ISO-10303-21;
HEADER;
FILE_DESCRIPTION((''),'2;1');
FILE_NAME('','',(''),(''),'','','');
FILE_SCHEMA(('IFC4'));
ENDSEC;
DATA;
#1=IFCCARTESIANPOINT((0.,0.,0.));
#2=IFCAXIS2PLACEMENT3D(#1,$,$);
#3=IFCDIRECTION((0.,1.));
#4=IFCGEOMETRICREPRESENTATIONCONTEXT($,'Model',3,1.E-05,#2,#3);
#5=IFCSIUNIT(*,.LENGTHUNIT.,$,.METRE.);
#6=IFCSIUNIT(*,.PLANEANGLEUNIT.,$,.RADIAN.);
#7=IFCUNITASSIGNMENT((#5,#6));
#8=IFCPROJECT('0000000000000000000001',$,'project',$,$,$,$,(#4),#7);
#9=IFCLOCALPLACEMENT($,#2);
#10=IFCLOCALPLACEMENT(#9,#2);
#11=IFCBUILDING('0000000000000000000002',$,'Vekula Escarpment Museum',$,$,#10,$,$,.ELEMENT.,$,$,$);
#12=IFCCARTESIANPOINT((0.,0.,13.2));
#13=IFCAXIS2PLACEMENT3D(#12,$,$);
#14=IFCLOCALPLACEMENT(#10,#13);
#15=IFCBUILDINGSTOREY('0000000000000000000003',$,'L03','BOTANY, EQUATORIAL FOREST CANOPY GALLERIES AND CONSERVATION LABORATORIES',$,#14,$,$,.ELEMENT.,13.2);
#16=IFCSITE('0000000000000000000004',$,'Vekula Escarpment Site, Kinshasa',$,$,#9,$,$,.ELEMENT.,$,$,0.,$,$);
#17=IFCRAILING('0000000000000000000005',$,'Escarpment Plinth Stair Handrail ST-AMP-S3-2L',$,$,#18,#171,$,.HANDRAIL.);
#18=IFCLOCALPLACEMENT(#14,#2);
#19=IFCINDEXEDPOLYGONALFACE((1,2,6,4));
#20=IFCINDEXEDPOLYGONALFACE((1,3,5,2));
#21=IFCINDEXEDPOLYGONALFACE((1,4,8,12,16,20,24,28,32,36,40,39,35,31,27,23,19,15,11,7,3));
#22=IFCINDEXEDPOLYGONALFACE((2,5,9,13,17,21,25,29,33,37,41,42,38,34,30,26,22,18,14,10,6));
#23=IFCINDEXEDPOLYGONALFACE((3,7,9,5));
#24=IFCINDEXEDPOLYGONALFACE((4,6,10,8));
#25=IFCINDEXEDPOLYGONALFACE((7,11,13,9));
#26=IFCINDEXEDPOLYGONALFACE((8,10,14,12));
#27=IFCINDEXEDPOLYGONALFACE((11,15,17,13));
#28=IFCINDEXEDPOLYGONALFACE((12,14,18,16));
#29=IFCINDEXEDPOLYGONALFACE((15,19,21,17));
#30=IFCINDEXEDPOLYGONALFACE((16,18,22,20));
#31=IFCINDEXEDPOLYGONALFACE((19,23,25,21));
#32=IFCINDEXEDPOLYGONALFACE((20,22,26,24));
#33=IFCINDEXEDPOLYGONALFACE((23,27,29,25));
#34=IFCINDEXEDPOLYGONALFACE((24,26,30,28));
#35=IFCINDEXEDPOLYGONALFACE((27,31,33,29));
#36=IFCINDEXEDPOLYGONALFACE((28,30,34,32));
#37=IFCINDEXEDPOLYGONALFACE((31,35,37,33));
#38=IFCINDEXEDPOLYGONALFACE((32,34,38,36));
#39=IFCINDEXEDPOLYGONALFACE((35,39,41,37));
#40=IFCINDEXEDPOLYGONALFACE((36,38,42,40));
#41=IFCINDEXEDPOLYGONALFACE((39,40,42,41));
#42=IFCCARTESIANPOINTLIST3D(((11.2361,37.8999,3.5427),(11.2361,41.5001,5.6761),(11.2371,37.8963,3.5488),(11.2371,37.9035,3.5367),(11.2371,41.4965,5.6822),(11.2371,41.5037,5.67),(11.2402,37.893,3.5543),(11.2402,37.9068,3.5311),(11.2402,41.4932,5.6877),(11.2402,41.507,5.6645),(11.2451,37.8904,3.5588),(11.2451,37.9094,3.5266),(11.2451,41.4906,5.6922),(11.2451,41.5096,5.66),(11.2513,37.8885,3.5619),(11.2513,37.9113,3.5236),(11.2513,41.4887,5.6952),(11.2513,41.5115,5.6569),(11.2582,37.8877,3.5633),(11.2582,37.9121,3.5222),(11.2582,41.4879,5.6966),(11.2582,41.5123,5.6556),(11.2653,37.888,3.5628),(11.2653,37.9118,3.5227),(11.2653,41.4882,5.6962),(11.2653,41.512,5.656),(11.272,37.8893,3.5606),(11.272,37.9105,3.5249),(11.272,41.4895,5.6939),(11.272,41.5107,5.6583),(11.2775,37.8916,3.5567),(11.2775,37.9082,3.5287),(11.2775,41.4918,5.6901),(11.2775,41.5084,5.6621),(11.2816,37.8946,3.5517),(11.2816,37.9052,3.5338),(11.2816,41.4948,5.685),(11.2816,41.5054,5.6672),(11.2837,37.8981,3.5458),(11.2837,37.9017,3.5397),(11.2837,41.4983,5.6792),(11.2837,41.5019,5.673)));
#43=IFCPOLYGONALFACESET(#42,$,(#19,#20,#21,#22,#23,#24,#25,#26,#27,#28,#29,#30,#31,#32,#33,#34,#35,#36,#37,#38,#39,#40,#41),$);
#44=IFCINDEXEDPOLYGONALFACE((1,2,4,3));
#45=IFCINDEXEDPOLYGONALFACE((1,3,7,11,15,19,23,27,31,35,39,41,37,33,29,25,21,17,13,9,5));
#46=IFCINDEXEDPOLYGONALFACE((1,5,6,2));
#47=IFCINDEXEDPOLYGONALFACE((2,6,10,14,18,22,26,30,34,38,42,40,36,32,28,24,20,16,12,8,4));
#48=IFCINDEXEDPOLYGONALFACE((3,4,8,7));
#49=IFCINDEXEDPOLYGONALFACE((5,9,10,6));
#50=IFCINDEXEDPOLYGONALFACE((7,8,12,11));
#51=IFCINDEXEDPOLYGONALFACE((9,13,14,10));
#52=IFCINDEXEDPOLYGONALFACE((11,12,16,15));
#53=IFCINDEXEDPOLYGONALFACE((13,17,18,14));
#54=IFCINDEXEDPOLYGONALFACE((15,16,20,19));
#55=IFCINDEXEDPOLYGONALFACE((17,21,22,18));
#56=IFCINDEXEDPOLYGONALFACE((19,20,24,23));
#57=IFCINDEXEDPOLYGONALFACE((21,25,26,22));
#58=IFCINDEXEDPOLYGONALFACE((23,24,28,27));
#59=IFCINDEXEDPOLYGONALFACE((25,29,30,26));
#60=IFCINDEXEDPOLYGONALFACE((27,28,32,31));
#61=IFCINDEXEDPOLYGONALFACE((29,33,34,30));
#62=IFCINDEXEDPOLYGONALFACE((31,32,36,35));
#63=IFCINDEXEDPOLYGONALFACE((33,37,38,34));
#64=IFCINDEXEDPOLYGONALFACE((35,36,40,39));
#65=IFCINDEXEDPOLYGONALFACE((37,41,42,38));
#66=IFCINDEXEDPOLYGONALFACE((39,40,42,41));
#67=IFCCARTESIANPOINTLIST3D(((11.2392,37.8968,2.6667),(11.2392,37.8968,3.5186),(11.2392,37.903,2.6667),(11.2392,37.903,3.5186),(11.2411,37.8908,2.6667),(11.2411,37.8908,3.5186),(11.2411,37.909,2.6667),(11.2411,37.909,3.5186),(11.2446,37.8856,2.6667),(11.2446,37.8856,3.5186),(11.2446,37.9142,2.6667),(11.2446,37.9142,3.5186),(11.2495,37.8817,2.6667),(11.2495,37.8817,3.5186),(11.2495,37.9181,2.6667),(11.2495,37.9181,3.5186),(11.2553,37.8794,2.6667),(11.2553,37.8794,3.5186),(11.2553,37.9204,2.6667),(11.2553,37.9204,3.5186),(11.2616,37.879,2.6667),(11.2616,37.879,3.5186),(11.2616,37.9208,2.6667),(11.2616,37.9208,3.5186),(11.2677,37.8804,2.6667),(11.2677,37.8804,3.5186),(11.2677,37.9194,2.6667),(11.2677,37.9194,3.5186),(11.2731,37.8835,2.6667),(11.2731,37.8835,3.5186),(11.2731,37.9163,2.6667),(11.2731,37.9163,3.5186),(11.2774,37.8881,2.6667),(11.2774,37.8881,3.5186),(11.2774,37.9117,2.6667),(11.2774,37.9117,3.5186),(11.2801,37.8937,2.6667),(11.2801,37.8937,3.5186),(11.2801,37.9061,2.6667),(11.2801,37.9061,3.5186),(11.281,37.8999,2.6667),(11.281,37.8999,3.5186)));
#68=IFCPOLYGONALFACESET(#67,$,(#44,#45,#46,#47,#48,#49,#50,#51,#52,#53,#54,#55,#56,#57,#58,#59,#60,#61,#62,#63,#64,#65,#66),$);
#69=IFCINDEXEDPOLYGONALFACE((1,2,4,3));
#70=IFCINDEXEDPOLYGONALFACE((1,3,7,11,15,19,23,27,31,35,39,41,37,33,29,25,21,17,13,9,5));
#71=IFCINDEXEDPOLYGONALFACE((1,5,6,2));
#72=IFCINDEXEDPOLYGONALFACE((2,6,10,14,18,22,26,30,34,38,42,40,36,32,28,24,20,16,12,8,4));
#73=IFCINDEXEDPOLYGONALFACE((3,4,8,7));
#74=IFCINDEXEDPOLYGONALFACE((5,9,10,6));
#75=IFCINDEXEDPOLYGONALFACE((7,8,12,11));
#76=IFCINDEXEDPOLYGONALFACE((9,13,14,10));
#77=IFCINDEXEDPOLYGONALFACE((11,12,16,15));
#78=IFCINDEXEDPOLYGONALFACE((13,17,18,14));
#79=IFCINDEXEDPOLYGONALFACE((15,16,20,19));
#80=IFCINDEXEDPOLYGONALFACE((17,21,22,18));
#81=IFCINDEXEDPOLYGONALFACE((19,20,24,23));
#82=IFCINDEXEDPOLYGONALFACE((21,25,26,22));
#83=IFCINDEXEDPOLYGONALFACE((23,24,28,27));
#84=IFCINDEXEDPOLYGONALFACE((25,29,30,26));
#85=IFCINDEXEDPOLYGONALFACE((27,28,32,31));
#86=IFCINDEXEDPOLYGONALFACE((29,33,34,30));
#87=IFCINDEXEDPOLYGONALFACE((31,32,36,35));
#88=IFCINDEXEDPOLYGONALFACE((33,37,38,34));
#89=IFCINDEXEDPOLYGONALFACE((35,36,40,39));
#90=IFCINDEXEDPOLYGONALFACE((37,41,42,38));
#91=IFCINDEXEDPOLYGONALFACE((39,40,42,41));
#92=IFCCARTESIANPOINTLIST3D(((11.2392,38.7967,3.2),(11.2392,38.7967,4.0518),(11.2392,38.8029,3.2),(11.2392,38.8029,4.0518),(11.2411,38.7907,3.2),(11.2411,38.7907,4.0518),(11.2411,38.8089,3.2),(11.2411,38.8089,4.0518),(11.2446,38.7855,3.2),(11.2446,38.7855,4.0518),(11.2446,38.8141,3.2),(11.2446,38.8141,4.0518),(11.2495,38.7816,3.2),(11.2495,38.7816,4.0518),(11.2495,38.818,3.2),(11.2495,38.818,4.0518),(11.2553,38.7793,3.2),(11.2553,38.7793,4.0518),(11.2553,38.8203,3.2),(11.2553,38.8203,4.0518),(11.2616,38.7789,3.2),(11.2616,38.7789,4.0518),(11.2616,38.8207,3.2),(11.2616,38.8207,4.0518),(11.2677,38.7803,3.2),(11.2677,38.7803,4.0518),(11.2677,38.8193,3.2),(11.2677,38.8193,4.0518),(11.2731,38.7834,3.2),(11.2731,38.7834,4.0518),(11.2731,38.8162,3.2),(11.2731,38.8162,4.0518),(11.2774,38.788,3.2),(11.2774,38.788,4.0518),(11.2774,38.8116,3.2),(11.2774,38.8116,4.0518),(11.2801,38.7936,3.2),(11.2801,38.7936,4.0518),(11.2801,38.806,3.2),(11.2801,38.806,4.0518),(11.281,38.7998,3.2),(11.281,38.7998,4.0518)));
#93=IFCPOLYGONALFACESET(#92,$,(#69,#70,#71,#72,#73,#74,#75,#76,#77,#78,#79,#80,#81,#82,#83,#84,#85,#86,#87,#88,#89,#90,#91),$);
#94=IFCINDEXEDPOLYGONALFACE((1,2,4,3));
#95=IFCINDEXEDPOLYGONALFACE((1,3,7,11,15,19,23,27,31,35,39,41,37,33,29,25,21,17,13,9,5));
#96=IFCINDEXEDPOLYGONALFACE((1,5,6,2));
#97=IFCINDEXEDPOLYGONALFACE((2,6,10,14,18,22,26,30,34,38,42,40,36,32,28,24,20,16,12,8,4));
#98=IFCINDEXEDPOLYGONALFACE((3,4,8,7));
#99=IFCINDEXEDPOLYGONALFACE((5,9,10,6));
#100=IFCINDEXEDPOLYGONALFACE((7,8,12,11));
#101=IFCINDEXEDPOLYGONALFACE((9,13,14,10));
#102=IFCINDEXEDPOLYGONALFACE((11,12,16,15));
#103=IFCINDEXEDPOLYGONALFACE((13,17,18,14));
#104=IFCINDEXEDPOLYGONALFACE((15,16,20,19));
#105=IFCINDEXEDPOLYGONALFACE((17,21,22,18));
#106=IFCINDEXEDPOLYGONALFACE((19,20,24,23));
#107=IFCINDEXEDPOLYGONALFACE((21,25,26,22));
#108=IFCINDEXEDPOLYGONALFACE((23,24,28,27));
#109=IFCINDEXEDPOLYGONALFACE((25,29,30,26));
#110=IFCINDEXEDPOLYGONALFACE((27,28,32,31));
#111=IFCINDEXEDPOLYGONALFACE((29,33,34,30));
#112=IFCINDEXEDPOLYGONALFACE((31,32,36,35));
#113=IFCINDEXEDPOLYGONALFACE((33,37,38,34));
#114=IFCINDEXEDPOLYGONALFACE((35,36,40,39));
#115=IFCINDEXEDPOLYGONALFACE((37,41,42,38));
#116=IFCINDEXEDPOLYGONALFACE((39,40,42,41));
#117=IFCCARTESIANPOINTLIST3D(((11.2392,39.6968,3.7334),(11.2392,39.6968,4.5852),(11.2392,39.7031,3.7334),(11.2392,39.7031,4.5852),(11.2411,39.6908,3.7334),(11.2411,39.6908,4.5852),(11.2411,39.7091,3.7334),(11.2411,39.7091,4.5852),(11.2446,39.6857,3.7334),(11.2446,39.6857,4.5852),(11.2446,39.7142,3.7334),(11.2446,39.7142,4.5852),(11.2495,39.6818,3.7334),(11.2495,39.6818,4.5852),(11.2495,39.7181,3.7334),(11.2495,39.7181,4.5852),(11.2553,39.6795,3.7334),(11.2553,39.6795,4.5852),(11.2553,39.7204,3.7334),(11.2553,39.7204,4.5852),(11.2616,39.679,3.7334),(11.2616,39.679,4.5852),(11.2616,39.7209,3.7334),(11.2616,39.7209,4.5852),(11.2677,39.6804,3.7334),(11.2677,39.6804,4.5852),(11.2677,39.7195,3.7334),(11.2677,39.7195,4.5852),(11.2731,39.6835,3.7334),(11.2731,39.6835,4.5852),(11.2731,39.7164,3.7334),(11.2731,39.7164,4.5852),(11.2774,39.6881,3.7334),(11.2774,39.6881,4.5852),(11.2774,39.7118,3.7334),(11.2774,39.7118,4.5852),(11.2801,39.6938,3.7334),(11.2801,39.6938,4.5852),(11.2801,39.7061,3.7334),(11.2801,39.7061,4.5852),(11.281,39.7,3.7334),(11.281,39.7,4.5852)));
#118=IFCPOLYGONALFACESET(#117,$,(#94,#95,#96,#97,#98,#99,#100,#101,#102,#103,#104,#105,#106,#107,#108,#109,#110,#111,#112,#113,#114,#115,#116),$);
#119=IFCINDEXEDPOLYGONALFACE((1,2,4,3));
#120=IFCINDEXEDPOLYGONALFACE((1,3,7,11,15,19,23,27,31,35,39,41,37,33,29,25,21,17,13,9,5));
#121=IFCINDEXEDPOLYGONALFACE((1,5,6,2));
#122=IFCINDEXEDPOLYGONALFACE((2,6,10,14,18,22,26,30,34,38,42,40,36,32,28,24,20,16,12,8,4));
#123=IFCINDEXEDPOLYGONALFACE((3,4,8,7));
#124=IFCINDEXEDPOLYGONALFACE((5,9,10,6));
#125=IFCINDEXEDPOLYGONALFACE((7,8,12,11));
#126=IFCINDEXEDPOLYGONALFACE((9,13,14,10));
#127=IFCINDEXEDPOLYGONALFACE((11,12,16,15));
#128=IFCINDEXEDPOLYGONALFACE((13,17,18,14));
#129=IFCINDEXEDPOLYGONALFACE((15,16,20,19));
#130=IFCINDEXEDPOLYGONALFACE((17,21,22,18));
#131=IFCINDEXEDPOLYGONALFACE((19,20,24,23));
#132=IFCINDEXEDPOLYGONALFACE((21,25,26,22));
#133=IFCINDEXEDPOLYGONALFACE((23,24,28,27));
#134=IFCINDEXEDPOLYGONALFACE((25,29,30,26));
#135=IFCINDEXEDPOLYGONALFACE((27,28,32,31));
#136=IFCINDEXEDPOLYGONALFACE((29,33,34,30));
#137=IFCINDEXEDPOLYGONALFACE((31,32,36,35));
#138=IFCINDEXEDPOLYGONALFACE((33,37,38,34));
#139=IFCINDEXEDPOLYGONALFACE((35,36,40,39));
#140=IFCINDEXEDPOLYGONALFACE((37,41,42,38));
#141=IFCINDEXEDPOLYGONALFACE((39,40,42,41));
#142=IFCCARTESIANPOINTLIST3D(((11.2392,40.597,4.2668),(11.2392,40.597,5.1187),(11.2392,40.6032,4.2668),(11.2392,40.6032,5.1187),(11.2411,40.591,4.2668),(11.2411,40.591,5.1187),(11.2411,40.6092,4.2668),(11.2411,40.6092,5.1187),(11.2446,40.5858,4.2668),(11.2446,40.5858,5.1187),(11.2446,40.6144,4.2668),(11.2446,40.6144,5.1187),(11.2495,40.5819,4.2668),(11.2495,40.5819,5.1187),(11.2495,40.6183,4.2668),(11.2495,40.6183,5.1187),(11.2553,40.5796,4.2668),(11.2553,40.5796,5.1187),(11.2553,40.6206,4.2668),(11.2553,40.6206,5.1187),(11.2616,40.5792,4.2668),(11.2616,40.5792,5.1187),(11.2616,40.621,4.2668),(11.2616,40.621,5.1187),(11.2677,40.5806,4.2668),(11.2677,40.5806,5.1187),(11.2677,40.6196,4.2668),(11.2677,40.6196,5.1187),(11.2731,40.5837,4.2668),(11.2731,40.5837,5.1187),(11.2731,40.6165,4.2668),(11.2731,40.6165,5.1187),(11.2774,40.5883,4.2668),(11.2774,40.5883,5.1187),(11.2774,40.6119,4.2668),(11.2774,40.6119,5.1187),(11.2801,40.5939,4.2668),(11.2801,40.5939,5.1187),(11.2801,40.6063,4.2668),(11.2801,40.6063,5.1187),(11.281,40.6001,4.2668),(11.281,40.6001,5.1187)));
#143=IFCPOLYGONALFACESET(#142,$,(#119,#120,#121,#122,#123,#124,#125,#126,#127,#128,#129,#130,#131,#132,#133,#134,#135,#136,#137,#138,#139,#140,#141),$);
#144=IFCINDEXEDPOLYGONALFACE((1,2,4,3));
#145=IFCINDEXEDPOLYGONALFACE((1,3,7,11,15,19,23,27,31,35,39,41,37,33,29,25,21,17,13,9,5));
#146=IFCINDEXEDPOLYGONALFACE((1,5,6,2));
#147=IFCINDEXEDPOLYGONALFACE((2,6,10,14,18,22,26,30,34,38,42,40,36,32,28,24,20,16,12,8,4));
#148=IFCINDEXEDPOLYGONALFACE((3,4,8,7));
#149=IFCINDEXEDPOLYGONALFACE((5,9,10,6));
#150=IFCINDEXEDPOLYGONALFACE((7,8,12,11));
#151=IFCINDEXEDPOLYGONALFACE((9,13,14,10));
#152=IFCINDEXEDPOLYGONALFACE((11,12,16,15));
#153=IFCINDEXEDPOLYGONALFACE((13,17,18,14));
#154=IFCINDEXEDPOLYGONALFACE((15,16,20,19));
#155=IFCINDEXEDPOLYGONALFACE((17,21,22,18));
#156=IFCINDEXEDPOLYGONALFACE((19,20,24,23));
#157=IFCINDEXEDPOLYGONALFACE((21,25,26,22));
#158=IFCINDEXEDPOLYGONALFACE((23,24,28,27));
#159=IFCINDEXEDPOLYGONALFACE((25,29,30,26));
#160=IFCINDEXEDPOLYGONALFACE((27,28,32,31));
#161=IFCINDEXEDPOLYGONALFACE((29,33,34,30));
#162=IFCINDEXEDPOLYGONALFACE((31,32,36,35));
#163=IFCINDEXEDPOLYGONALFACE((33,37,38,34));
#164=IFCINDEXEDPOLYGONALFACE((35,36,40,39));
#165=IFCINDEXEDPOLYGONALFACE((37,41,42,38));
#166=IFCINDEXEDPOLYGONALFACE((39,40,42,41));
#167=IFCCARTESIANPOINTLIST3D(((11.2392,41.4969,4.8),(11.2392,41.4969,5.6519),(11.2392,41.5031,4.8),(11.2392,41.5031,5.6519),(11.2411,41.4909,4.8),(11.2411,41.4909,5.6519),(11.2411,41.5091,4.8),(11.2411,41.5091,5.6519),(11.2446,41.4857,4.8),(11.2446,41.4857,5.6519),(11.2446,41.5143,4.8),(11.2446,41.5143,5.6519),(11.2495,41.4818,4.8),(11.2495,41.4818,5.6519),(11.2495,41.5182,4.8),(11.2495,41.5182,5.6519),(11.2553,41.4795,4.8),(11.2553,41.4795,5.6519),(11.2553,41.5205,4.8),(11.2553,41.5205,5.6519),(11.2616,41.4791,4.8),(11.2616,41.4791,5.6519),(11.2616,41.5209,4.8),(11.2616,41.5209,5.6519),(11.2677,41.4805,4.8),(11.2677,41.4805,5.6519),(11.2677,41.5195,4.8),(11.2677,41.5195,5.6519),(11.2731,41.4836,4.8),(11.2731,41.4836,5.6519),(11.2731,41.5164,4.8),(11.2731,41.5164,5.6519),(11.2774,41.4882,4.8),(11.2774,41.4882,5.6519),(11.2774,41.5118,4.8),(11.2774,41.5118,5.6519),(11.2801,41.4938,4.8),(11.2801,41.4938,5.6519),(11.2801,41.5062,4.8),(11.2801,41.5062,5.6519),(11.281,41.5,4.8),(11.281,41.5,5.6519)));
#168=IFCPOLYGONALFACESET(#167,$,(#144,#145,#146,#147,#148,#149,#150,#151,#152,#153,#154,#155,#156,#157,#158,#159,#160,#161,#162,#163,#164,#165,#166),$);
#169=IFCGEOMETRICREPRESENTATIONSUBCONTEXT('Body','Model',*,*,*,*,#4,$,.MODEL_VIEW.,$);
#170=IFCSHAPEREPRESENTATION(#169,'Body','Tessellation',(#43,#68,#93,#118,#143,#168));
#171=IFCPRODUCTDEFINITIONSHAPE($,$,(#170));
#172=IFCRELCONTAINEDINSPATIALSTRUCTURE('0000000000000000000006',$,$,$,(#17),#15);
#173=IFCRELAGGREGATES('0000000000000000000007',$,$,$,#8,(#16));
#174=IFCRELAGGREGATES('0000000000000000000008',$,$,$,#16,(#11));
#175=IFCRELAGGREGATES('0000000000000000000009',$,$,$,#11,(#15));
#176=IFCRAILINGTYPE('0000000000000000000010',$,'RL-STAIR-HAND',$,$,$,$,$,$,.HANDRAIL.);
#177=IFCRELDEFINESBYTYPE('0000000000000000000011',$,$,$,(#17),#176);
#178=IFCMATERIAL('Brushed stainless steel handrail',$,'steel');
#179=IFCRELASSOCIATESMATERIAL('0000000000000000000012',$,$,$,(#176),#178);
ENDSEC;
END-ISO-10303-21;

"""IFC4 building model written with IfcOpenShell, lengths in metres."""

from ifc_helpers import new_model, si_unit, direction, frame, origin, origin_2d, place, context, subcontext, project, spatial, circle, extrude, material, type_object, element, save


model = new_model("IFC4")

# Units and contexts
model_context = context("Model", 3, precision=1e-05, world=origin(), true_north=direction((0.0, 1.0)))
body_context = subcontext(model_context, "Body", "Model", "MODEL_VIEW")
ifc_project = project(units=[si_unit("LENGTHUNIT", "METRE"), si_unit("PLANEANGLEUNIT", "RADIAN")], contexts=[model_context])

# Site, building, storey
site_placement = place(None, origin())
site = spatial("IfcSite", under=ifc_project, at=site_placement, Name="Vekula Escarpment Site, Kinshasa", CompositionType="ELEMENT", RefElevation=0.0)
building_placement = place(site_placement, origin())
building = spatial("IfcBuilding", under=site, at=building_placement, Name="Vekula Escarpment Museum", CompositionType="ELEMENT")
storey_placement = place(building_placement, frame((0.0, 0.0, 13.2)))
storey = spatial("IfcBuildingStorey", under=building, at=storey_placement, Name="L03", Description="BOTANY, EQUATORIAL FOREST CANOPY GALLERIES AND CONSERVATION LABORATORIES", CompositionType="ELEMENT", Elevation=13.2)

# Railing
ifc_material_1 = material(Name="Brushed stainless steel handrail", Category="steel")
railing_type_1 = type_object("IfcRailingType", Name="RL-STAIR-HAND", PredefinedType="HANDRAIL", material=ifc_material_1)
for number, where, name in (
    (1, (11.26, 37.8999, 2.6667), "Escarpment Plinth Stair Handrail ST-AMP-S3-2L"),
):
    element("IfcRailing", number, at=place(storey_placement, frame(where)), inside=storey, type_object=railing_type_1, Name=name, PredefinedType="HANDRAIL", context=body_context, shape_type="SweptSolid", body=[
        extrude(circle(Radius=0.0239, at=origin_2d()), frame((0.0, 0.0, 0.876), z_axis=(0.0, 0.860301, 0.509786), x_axis=(-1.0, 0.0, 0.0)), (0.0, 0.0, 1.0), 4.1848),
        extrude(circle(Radius=0.021, at=origin_2d()), origin(), (0.0, 0.0, 1.0), 0.8518),
        extrude(circle(Radius=0.021, at=origin_2d()), frame((0.0, 0.8999, 0.5332)), (0.0, 0.0, 1.0), 0.8518),
        extrude(circle(Radius=0.021, at=origin_2d()), frame((0.0, 1.8, 1.0667)), (0.0, 0.0, 1.0), 0.8518),
        extrude(circle(Radius=0.021, at=origin_2d()), frame((0.0, 2.7002, 1.6001)), (0.0, 0.0, 1.0), 0.8518),
        extrude(circle(Radius=0.021, at=origin_2d()), frame((0.0, 3.6001, 2.1333)), (0.0, 0.0, 1.0), 0.8518),
    ])

save(model, "model.ifc")
